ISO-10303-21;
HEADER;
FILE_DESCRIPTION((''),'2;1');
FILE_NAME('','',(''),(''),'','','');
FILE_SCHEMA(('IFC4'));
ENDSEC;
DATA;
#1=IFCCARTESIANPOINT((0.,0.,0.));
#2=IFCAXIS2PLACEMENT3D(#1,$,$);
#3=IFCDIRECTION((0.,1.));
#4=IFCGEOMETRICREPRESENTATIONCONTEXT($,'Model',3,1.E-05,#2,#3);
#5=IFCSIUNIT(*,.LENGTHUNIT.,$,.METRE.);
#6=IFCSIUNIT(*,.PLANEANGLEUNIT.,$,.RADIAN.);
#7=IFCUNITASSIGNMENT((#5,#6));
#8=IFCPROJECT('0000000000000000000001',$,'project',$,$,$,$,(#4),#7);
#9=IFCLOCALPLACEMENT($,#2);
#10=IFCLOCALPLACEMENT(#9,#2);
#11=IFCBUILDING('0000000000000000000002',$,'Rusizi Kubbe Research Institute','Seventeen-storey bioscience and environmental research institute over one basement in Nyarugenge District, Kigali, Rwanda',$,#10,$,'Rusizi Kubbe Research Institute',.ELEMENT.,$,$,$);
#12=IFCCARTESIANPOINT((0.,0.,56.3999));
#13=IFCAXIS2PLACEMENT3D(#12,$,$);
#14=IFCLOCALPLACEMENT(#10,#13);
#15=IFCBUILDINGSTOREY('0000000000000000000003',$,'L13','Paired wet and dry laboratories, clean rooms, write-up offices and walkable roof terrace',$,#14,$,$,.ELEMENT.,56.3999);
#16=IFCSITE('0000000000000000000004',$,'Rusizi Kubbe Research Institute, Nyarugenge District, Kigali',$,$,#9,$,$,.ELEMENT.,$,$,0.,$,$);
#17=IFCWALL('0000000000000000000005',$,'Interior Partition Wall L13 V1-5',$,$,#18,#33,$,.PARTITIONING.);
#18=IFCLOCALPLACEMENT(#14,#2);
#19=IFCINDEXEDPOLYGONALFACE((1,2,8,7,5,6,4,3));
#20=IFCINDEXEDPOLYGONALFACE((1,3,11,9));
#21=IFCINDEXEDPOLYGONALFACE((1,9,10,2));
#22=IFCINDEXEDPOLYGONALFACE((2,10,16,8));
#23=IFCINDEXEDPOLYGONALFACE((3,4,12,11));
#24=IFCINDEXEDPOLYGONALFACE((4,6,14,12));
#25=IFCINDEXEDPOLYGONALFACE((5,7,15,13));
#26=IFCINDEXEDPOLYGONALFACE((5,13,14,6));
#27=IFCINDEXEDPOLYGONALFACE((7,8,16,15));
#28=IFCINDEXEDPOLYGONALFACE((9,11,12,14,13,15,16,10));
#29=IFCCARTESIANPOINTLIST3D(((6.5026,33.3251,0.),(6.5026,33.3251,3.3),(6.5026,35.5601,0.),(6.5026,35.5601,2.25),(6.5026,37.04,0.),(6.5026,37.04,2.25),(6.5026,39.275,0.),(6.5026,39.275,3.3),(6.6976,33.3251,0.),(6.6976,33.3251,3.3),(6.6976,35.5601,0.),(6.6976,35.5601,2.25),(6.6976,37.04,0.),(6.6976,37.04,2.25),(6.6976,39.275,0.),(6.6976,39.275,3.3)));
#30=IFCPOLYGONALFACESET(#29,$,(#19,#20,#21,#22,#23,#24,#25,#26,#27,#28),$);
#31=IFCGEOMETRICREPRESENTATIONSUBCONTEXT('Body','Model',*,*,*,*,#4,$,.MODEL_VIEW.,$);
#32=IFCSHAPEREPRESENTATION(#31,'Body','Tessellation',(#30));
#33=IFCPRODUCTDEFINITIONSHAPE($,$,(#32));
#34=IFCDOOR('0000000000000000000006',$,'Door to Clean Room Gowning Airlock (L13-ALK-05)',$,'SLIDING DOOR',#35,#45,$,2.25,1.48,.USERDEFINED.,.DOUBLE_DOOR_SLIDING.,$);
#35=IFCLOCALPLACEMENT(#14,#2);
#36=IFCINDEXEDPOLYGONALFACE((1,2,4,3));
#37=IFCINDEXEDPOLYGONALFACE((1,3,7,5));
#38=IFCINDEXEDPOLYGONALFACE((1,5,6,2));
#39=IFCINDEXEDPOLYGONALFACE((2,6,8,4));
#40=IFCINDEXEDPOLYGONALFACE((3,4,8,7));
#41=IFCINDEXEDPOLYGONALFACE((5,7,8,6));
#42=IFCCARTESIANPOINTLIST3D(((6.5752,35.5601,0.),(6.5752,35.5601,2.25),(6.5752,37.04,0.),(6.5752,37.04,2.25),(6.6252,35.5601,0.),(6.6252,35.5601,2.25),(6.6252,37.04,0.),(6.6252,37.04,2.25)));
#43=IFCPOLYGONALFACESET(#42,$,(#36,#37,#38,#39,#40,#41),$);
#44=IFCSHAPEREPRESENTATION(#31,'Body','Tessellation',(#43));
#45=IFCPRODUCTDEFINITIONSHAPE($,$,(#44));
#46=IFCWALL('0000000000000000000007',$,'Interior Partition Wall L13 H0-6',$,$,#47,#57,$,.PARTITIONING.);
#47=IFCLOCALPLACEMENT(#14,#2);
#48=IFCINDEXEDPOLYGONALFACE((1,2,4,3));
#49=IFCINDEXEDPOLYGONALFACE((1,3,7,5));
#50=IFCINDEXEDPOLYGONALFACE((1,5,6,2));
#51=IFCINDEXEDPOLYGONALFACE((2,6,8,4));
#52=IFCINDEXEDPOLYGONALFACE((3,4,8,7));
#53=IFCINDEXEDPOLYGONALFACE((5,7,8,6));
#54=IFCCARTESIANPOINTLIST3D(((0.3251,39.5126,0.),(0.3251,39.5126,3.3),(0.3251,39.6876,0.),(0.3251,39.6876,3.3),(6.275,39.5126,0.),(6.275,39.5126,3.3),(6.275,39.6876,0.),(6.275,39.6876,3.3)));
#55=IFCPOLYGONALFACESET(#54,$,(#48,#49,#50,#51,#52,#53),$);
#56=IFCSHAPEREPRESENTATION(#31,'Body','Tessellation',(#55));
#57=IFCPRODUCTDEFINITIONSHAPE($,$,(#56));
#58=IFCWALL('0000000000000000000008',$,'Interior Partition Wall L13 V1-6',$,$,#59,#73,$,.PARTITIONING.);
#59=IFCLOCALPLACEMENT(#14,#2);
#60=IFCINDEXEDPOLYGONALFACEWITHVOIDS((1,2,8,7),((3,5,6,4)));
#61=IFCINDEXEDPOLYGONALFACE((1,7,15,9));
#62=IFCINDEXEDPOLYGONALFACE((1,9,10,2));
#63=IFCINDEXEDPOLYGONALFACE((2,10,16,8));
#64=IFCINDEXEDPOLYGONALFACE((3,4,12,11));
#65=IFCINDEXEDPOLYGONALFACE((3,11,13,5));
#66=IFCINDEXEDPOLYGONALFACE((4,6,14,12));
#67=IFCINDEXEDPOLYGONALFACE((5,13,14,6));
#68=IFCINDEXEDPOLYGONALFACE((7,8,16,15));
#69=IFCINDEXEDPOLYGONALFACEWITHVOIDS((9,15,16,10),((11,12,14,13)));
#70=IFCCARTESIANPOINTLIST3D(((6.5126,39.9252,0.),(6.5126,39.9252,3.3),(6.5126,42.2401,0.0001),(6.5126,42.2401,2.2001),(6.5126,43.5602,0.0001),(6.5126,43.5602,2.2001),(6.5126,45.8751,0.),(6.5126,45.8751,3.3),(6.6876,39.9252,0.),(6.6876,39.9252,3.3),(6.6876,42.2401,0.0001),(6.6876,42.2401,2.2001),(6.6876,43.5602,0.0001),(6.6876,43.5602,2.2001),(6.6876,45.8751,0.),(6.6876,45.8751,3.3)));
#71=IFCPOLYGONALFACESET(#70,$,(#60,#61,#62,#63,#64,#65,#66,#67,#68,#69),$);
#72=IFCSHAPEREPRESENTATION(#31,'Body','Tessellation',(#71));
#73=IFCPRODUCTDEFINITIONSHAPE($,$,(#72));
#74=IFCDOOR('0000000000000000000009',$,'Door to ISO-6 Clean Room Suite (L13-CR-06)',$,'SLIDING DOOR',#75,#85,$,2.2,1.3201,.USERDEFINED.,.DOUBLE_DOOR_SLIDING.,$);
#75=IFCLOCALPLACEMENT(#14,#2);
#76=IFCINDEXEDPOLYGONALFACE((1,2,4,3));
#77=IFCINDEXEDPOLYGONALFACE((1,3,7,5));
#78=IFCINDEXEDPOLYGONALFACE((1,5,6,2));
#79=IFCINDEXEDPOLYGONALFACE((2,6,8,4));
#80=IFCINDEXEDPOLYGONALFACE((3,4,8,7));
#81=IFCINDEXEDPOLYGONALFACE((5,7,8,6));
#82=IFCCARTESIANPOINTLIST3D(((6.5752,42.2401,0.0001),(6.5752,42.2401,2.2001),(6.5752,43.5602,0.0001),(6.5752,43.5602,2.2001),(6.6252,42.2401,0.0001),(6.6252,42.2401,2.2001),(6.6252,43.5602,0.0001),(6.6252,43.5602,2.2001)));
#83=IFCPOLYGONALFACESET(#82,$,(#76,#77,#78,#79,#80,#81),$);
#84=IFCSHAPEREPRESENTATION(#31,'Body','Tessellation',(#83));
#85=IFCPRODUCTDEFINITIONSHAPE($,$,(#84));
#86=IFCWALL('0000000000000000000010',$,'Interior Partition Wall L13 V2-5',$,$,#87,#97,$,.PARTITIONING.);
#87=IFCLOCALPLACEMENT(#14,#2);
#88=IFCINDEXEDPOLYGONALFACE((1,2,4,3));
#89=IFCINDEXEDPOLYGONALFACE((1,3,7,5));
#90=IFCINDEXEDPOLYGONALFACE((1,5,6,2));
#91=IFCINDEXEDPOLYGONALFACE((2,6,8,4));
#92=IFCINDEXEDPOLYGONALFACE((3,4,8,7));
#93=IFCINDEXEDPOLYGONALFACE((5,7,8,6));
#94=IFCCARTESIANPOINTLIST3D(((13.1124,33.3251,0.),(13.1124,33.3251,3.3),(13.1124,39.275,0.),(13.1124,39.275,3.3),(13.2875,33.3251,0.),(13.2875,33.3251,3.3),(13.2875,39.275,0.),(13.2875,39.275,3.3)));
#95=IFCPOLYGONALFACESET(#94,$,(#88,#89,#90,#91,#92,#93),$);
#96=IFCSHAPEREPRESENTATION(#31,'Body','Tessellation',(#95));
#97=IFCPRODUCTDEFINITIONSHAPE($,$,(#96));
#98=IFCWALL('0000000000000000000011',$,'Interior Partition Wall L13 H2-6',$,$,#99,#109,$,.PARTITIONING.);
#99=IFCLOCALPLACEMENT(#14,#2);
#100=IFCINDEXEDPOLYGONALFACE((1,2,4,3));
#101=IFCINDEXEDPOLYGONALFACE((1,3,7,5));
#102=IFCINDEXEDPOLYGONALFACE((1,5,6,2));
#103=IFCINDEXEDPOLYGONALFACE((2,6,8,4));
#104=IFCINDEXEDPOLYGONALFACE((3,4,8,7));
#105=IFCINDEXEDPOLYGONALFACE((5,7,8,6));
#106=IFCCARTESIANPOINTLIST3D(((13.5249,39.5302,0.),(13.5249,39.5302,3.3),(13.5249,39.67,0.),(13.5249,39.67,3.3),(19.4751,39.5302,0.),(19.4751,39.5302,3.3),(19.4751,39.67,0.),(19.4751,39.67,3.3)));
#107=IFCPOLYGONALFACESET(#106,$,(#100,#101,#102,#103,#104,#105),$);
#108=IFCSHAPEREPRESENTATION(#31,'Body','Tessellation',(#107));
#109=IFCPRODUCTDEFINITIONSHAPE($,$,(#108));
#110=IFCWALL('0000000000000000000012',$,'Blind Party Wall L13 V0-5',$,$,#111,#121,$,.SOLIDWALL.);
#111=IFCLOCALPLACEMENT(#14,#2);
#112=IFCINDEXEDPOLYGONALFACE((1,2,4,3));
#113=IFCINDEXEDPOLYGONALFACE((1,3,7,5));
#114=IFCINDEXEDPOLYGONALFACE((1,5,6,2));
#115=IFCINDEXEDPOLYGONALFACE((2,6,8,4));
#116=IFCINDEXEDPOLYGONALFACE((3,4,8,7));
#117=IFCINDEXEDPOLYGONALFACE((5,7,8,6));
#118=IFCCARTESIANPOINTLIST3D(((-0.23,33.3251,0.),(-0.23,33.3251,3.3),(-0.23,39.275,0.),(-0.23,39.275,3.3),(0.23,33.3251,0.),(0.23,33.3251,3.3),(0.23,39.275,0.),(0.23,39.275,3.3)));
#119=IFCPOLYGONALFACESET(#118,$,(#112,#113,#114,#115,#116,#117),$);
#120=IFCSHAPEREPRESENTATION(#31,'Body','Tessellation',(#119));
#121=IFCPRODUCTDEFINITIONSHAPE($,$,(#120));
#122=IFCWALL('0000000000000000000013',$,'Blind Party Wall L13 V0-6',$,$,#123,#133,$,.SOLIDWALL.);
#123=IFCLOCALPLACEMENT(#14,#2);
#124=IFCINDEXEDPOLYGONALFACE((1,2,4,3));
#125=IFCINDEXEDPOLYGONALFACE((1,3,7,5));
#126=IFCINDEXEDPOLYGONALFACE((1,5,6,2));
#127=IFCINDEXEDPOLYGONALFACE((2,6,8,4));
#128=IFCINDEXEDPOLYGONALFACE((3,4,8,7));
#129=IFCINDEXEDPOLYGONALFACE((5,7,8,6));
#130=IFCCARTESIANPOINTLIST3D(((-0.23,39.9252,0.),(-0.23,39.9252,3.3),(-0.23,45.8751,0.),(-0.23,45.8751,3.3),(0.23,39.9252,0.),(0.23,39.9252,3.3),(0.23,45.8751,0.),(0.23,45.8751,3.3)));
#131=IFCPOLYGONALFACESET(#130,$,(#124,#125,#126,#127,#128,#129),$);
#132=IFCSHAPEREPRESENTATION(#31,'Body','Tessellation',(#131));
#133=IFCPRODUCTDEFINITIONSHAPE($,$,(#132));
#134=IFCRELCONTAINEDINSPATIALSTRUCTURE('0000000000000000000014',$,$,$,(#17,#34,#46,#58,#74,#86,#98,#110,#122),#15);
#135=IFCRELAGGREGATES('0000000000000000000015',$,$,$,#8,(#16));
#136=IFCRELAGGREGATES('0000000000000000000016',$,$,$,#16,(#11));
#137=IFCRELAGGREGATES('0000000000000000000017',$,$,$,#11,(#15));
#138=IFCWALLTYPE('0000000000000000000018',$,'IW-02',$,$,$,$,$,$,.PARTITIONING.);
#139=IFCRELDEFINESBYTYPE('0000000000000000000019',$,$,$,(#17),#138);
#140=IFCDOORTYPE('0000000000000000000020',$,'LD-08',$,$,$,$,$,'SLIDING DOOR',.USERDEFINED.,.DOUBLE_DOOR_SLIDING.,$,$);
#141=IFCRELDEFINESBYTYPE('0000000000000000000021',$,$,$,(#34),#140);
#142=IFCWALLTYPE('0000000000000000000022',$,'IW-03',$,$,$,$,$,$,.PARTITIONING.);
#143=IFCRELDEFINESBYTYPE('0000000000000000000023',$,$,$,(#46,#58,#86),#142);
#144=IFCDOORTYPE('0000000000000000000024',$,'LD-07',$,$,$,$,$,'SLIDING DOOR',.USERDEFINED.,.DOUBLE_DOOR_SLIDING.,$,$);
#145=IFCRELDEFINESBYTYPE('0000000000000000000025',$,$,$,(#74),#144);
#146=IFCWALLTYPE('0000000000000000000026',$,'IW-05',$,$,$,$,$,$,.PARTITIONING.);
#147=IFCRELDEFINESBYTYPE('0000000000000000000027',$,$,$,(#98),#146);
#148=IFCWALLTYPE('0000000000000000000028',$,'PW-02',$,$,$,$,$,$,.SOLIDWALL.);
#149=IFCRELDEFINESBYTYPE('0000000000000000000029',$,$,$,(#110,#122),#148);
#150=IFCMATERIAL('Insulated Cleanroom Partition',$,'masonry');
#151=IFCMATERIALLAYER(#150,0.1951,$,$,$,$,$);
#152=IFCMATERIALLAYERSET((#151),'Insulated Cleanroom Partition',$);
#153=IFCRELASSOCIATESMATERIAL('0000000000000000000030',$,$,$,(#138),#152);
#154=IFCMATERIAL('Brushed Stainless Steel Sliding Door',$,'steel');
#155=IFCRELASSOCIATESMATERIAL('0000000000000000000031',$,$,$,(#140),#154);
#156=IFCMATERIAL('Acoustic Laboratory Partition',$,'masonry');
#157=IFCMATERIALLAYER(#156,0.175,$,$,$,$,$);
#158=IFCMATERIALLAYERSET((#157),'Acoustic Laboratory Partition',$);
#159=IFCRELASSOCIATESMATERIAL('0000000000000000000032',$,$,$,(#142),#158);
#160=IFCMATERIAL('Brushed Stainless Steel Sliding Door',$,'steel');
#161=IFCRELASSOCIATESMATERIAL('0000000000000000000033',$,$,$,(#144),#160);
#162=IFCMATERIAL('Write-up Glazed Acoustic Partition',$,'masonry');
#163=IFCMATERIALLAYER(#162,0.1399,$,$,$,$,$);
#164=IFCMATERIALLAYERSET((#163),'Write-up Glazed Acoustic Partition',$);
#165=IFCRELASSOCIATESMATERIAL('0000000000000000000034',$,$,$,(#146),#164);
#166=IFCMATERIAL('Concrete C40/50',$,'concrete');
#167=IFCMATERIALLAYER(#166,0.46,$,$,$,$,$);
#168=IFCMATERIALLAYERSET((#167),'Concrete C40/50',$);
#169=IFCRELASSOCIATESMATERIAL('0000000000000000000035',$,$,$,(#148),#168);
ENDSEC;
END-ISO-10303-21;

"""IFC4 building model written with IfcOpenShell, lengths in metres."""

from ifc_helpers import new_model, si_unit, direction, frame, frame_2d, origin, place, context, subcontext, project, spatial, rectangle, extrude, material, layer, layer_set, type_object, element, fill, save


model = new_model("IFC4")

# Units and contexts
model_context = context("Model", 3, precision=1e-05, world=origin(), true_north=direction((0.0, 1.0)))
body_context = subcontext(model_context, "Body", "Model", "MODEL_VIEW")
ifc_project = project(units=[si_unit("LENGTHUNIT", "METRE"), si_unit("PLANEANGLEUNIT", "RADIAN")], contexts=[model_context])

# Site, building, storey
site_placement = place(None, origin())
site = spatial("IfcSite", under=ifc_project, at=site_placement, Name="Rusizi Kubbe Research Institute, Nyarugenge District, Kigali", CompositionType="ELEMENT", RefElevation=0.0)
building_placement = place(site_placement, origin())
building = spatial("IfcBuilding", under=site, at=building_placement, Name="Rusizi Kubbe Research Institute", Description="Seventeen-storey bioscience and environmental research institute over one basement in Nyarugenge District, Kigali, Rwanda", LongName="Rusizi Kubbe Research Institute", CompositionType="ELEMENT")
storey_placement = place(building_placement, frame((0.0, 0.0, 56.3999)))
storey = spatial("IfcBuildingStorey", under=building, at=storey_placement, Name="L13", Description="Paired wet and dry laboratories, clean rooms, write-up offices and walkable roof terrace", CompositionType="ELEMENT", Elevation=56.3999)

# Wall, opening, door
ifc_material_1 = material(Name="Insulated Cleanroom Partition", Category="masonry")
ifc_layer_1 = layer(ifc_material_1, 0.1951)
ifc_layer_set_1 = layer_set([ifc_layer_1], Name="Insulated Cleanroom Partition")
wall_type_1 = type_object("IfcWallType", Name="IW-02", PredefinedType="PARTITIONING", material=ifc_layer_set_1)
wall_1_placement = place(storey_placement, frame((6.6001, 33.325, 0.0), z_axis=(0.0, 0.0, 1.0), x_axis=(0.0, 1.0, 0.0)))
wall_1 = element("IfcWall", 1, at=wall_1_placement, inside=storey, type_object=wall_type_1, Name="Interior Partition Wall L13 V1-5", PredefinedType="PARTITIONING", context=body_context, shape_type="SweptSolid", body=[
    extrude(rectangle(XDim=5.95, YDim=0.1951, at=frame_2d((2.9751, 0.0))), origin(), (0.0, 0.0, 1.0), 3.3),
])
opening_1_placement = place(wall_1_placement, frame((2.2351, 0.0, 0.0)))
opening_1 = element("IfcOpeningElement", 2, at=opening_1_placement, cuts=wall_1, PredefinedType="OPENING", context=body_context, shape_type="SweptSolid", body=[
    extrude(rectangle(XDim=1.48, YDim=2.25, at=frame_2d((0.74, 1.125))), frame((0.0, 0.1074, 0.0), z_axis=(0.0, -1.0, 0.0), x_axis=(1.0, 0.0, 0.0)), (0.0, 0.0, 1.0), 0.2151),
])
ifc_material_2 = material(Name="Brushed Stainless Steel Sliding Door", Category="steel")
door_type_1 = type_object("IfcDoorType", Name="LD-08", ElementType="SLIDING DOOR", OperationType="DOUBLE_DOOR_SLIDING", PredefinedType="USERDEFINED", material=ifc_material_2)
door_1_placement = place(opening_1_placement, origin())
door_1 = element("IfcDoor", 3, at=door_1_placement, inside=storey, type_object=door_type_1, Name="Door to Clean Room Gowning Airlock (L13-ALK-05)", ObjectType="SLIDING DOOR", OperationType="DOUBLE_DOOR_SLIDING", OverallHeight=2.25, OverallWidth=1.48, PredefinedType="USERDEFINED", context=body_context, shape_type="SweptSolid", body=[
    extrude(rectangle(XDim=1.48, YDim=2.25, at=frame_2d((0.74, 1.125))), frame((0.0, 0.0249, 0.0), z_axis=(0.0, -1.0, 0.0), x_axis=(1.0, 0.0, 0.0)), (0.0, 0.0, 1.0), 0.05),
])
fill(opening_1, door_1)

# Wall
ifc_material_3 = material(Name="Acoustic Laboratory Partition", Category="masonry")
ifc_layer_2 = layer(ifc_material_3, 0.175)
ifc_layer_set_2 = layer_set([ifc_layer_2], Name="Acoustic Laboratory Partition")
wall_type_2 = type_object("IfcWallType", Name="IW-03", PredefinedType="PARTITIONING", material=ifc_layer_set_2)
wall_2_placement = place(storey_placement, frame((0.325, 39.6001, 0.0), z_axis=(0.0, 0.0, 1.0), x_axis=(1.0, 0.0, 0.0)))
element("IfcWall", 4, at=wall_2_placement, inside=storey, type_object=wall_type_2, Name="Interior Partition Wall L13 H0-6", PredefinedType="PARTITIONING", context=body_context, shape_type="SweptSolid", body=[
    extrude(rectangle(XDim=5.95, YDim=0.175, at=frame_2d((2.9751, 0.0))), origin(), (0.0, 0.0, 1.0), 3.3),
])

# Wall, opening, door
wall_3_placement = place(storey_placement, frame((6.6001, 39.925, 0.0), z_axis=(0.0, 0.0, 1.0), x_axis=(0.0, 1.0, 0.0)))
wall_3 = element("IfcWall", 5, at=wall_3_placement, inside=storey, type_object=wall_type_2, Name="Interior Partition Wall L13 V1-6", PredefinedType="PARTITIONING", context=body_context, shape_type="SweptSolid", body=[
    extrude(rectangle(XDim=5.95, YDim=0.175, at=frame_2d((2.9751, 0.0))), origin(), (0.0, 0.0, 1.0), 3.3),
])
opening_2_placement = place(wall_3_placement, frame((2.3149, 0.0, 0.0)))
opening_2 = element("IfcOpeningElement", 6, at=opening_2_placement, cuts=wall_3, PredefinedType="OPENING", context=body_context, shape_type="SweptSolid", body=[
    extrude(rectangle(XDim=1.3201, YDim=2.2, at=frame_2d((0.6602, 1.1001))), frame((0.0, 0.0974, 0.0), z_axis=(0.0, -1.0, 0.0), x_axis=(1.0, 0.0, 0.0)), (0.0, 0.0, 1.0), 0.1951),
])
ifc_material_4 = material(Name="Brushed Stainless Steel Sliding Door", Category="steel")
door_type_2 = type_object("IfcDoorType", Name="LD-07", ElementType="SLIDING DOOR", OperationType="DOUBLE_DOOR_SLIDING", PredefinedType="USERDEFINED", material=ifc_material_4)
door_2_placement = place(opening_2_placement, origin())
door_2 = element("IfcDoor", 7, at=door_2_placement, inside=storey, type_object=door_type_2, Name="Door to ISO-6 Clean Room Suite (L13-CR-06)", ObjectType="SLIDING DOOR", OperationType="DOUBLE_DOOR_SLIDING", OverallHeight=2.2, OverallWidth=1.3201, PredefinedType="USERDEFINED", context=body_context, shape_type="SweptSolid", body=[
    extrude(rectangle(XDim=1.3201, YDim=2.2, at=frame_2d((0.6602, 1.1001))), frame((0.0, 0.0249, 0.0), z_axis=(0.0, -1.0, 0.0), x_axis=(1.0, 0.0, 0.0)), (0.0, 0.0, 1.0), 0.05),
])
fill(opening_2, door_2)

# Walls
wall_4_placement = place(storey_placement, frame((13.2, 33.325, 0.0), z_axis=(0.0, 0.0, 1.0), x_axis=(0.0, 1.0, 0.0)))
element("IfcWall", 8, at=wall_4_placement, inside=storey, type_object=wall_type_2, Name="Interior Partition Wall L13 V2-5", PredefinedType="PARTITIONING", context=body_context, shape_type="SweptSolid", body=[
    extrude(rectangle(XDim=5.95, YDim=0.175, at=frame_2d((2.9751, 0.0))), origin(), (0.0, 0.0, 1.0), 3.3),
])
ifc_material_5 = material(Name="Write-up Glazed Acoustic Partition", Category="masonry")
ifc_layer_3 = layer(ifc_material_5, 0.1399)
ifc_layer_set_3 = layer_set([ifc_layer_3], Name="Write-up Glazed Acoustic Partition")
wall_type_3 = type_object("IfcWallType", Name="IW-05", PredefinedType="PARTITIONING", material=ifc_layer_set_3)
wall_5_placement = place(storey_placement, frame((13.5249, 39.6001, 0.0), z_axis=(0.0, 0.0, 1.0), x_axis=(1.0, 0.0, 0.0)))
element("IfcWall", 9, at=wall_5_placement, inside=storey, type_object=wall_type_3, Name="Interior Partition Wall L13 H2-6", PredefinedType="PARTITIONING", context=body_context, shape_type="SweptSolid", body=[
    extrude(rectangle(XDim=5.9502, YDim=0.1399, at=frame_2d((2.9751, 0.0))), origin(), (0.0, 0.0, 1.0), 3.3),
])
ifc_material_6 = material(Name="Concrete C40/50", Category="concrete")
ifc_layer_4 = layer(ifc_material_6, 0.46)
ifc_layer_set_4 = layer_set([ifc_layer_4], Name="Concrete C40/50")
wall_type_4 = type_object("IfcWallType", Name="PW-02", PredefinedType="SOLIDWALL", material=ifc_layer_set_4)
for number, where, z_axis, x_axis, name in (
    (10, (0.0, 33.325, 0.0), (0.0, 0.0, 1.0), (0.0, 1.0, 0.0), "Blind Party Wall L13 V0-5"),
    (11, (0.0, 39.925, 0.0), (0.0, 0.0, 1.0), (0.0, 1.0, 0.0), "Blind Party Wall L13 V0-6"),
):
    element("IfcWall", number, at=place(storey_placement, frame(where, z_axis=z_axis, x_axis=x_axis)), inside=storey, type_object=wall_type_4, Name=name, PredefinedType="SOLIDWALL", context=body_context, shape_type="SweptSolid", body=[
        extrude(rectangle(XDim=5.95, YDim=0.46, at=frame_2d((2.9751, 0.0))), origin(), (0.0, 0.0, 1.0), 3.3),
    ])

save(model, "model.ifc")
